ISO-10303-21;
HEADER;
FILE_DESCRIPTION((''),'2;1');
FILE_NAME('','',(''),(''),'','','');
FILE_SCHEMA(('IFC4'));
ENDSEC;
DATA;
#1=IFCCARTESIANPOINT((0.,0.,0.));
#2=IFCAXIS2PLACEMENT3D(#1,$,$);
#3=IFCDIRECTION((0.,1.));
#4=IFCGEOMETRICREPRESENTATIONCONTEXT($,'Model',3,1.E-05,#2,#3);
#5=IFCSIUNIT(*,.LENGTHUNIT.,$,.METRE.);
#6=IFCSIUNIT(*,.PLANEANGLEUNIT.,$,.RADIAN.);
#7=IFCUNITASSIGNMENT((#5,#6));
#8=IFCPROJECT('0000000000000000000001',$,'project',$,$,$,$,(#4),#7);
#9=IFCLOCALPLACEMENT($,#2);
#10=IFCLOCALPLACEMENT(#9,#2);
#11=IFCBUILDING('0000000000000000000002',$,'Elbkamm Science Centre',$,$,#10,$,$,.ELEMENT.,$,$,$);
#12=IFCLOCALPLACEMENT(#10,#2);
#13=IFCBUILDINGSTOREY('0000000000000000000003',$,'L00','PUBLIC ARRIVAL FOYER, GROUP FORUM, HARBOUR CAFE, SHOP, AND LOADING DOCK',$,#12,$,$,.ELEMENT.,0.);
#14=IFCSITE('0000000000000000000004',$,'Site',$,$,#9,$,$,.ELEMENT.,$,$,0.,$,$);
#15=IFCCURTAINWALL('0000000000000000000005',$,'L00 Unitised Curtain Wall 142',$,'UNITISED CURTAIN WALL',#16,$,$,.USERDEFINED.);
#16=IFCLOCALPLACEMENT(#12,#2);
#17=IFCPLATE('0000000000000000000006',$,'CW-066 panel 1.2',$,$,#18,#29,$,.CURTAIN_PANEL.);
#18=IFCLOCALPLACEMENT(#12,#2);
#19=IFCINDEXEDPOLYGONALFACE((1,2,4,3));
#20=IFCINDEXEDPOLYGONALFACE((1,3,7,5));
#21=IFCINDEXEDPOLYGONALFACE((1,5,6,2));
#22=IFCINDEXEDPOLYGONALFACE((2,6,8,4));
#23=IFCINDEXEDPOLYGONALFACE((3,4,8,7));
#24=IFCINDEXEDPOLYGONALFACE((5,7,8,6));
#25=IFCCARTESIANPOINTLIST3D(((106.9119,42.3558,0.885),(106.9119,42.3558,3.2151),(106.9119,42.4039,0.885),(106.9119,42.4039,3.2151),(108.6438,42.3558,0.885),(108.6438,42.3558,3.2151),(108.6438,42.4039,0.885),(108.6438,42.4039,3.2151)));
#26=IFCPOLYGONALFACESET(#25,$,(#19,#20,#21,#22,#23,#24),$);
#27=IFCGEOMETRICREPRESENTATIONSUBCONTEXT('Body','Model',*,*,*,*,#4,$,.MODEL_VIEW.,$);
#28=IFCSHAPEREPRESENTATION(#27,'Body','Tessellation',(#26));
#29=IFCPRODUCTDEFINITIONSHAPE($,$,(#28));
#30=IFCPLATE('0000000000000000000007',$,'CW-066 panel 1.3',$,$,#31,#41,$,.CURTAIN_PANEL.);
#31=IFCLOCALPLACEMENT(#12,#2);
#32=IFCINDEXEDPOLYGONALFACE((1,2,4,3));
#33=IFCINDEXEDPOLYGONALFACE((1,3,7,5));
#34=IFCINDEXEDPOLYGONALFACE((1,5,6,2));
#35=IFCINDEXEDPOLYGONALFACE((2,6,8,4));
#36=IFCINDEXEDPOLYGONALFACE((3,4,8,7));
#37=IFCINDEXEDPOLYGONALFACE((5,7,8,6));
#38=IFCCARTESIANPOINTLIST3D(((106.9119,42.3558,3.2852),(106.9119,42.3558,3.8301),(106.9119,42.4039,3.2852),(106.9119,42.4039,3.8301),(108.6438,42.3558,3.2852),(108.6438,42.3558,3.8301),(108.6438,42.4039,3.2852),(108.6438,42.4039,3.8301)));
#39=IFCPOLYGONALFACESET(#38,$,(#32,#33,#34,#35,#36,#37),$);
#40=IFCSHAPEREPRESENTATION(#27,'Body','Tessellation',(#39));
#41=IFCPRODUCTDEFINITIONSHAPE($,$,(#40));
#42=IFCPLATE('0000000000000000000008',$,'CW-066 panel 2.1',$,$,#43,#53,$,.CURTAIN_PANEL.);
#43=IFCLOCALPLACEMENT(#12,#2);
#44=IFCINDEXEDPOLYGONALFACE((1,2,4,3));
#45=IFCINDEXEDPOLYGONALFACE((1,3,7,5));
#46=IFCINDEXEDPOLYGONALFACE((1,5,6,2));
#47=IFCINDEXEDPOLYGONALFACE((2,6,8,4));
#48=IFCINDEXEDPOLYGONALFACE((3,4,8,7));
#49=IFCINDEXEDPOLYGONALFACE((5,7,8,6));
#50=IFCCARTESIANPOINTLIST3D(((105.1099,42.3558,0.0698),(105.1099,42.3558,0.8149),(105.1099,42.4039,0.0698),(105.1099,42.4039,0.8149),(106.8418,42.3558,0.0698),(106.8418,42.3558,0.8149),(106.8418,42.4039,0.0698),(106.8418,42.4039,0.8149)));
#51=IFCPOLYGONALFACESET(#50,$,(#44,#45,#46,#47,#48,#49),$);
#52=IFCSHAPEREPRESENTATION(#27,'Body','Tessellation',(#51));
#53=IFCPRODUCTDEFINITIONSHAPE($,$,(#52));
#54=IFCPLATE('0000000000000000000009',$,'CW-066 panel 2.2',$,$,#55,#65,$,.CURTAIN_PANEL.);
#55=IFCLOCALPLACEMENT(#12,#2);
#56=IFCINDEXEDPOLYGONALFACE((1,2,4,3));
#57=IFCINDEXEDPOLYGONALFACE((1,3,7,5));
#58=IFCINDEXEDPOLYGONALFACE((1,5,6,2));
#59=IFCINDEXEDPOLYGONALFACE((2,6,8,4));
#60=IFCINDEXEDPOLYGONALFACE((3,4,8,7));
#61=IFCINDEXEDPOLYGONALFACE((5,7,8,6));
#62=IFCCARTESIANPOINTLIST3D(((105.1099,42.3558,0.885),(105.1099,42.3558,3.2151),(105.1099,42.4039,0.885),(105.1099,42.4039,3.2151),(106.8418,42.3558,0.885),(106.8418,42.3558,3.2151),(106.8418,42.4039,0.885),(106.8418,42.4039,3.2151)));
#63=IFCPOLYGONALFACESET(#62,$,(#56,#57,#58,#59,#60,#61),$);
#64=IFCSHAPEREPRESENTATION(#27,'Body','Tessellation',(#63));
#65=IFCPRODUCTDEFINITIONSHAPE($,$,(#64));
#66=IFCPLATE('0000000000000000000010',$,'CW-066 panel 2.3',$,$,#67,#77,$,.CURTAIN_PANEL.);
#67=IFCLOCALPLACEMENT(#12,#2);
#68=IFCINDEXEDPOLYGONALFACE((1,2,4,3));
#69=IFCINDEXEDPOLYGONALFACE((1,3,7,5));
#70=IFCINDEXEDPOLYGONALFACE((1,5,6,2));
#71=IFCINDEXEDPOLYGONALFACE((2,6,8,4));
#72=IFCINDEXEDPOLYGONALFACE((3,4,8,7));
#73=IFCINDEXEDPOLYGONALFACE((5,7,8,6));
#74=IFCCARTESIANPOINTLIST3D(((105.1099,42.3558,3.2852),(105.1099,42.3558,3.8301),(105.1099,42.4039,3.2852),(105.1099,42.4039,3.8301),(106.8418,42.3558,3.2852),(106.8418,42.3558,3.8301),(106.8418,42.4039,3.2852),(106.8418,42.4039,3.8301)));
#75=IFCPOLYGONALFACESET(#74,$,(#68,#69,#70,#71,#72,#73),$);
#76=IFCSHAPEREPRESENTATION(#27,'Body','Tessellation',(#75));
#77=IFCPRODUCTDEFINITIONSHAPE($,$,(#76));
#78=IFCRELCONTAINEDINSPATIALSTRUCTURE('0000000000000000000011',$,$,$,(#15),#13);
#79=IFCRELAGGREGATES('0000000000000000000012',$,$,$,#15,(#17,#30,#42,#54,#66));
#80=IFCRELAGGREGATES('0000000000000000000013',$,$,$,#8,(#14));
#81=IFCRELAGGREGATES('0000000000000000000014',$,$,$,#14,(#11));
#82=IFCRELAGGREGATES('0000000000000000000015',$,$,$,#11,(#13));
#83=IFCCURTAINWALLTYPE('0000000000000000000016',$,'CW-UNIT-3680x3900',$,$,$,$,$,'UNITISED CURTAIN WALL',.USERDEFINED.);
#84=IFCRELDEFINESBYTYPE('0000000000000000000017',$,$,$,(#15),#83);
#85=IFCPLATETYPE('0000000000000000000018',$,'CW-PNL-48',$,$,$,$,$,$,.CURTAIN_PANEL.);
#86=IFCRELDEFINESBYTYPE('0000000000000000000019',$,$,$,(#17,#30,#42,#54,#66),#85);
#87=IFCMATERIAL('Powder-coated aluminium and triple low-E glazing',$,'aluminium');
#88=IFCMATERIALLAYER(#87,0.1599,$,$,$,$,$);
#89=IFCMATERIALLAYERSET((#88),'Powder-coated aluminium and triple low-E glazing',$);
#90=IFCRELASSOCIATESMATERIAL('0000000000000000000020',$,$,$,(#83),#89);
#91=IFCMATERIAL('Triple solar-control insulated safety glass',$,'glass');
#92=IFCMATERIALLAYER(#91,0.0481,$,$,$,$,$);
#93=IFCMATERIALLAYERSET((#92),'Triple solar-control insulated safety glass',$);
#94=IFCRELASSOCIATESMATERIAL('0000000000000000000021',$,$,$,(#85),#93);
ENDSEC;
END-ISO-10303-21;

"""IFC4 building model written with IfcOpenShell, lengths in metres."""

from ifc_helpers import new_model, si_unit, direction, frame, origin, origin_2d, place, context, subcontext, project, spatial, rectangle, extrude, material, layer, layer_set, type_object, element, aggregate, save


model = new_model("IFC4")

# Units and contexts
model_context = context("Model", 3, precision=1e-05, world=origin(), true_north=direction((0.0, 1.0)))
body_context = subcontext(model_context, "Body", "Model", "MODEL_VIEW")
ifc_project = project(units=[si_unit("LENGTHUNIT", "METRE"), si_unit("PLANEANGLEUNIT", "RADIAN")], contexts=[model_context])

# Site, building, storey
site_placement = place(None, origin())
site = spatial("IfcSite", under=ifc_project, at=site_placement, Name="Site", CompositionType="ELEMENT", RefElevation=0.0)
building_placement = place(site_placement, origin())
building = spatial("IfcBuilding", under=site, at=building_placement, Name="Elbkamm Science Centre", CompositionType="ELEMENT")
storey_placement = place(building_placement, origin())
storey = spatial("IfcBuildingStorey", under=building, at=storey_placement, Name="L00", Description="PUBLIC ARRIVAL FOYER, GROUP FORUM, HARBOUR CAFE, SHOP, AND LOADING DOCK", CompositionType="ELEMENT", Elevation=0.0)

# Shared definitions
ifc_material_1 = material(Name="Powder-coated aluminium and triple low-E glazing", Category="aluminium")
ifc_layer_1 = layer(ifc_material_1, 0.1599)
ifc_layer_set_1 = layer_set([ifc_layer_1], Name="Powder-coated aluminium and triple low-E glazing")
curtain_wall_type = type_object("IfcCurtainWallType", Name="CW-UNIT-3680x3900", ElementType="UNITISED CURTAIN WALL", PredefinedType="USERDEFINED", material=ifc_layer_set_1)

# Curtain wall
curtain_wall_1_placement = place(storey_placement, origin())
curtain_wall_1 = element("IfcCurtainWall", 1, at=curtain_wall_1_placement, inside=storey, type_object=curtain_wall_type, Name="L00 Unitised Curtain Wall 142", ObjectType="UNITISED CURTAIN WALL", PredefinedType="USERDEFINED")

# Plates
ifc_material_2 = material(Name="Triple solar-control insulated safety glass", Category="glass")
ifc_layer_2 = layer(ifc_material_2, 0.0481)
ifc_layer_set_2 = layer_set([ifc_layer_2], Name="Triple solar-control insulated safety glass")
plate_type = type_object("IfcPlateType", Name="CW-PNL-48", PredefinedType="CURTAIN_PANEL", material=ifc_layer_set_2)
plate_1_placement = place(storey_placement, frame((107.7778, 42.3799, 0.885), z_axis=(0.0, 0.0, 1.0), x_axis=(-1.0, 0.0, 0.0)))
plate_1 = element("IfcPlate", 2, at=plate_1_placement, type_object=plate_type, Name="CW-066 panel 1.2", PredefinedType="CURTAIN_PANEL", context=body_context, shape_type="SweptSolid", body=[
    extrude(rectangle(XDim=1.7319, YDim=0.0481, at=origin_2d()), origin(), (0.0, 0.0, 1.0), 2.3301),
])
plate_2_placement = place(storey_placement, frame((107.7778, 42.3799, 3.2852), z_axis=(0.0, 0.0, 1.0), x_axis=(-1.0, 0.0, 0.0)))
plate_2 = element("IfcPlate", 3, at=plate_2_placement, type_object=plate_type, Name="CW-066 panel 1.3", PredefinedType="CURTAIN_PANEL", context=body_context, shape_type="SweptSolid", body=[
    extrude(rectangle(XDim=1.7319, YDim=0.0481, at=origin_2d()), origin(), (0.0, 0.0, 1.0), 0.5449),
])
plate_3_placement = place(storey_placement, frame((105.9758, 42.3799, 0.0698), z_axis=(0.0, 0.0, 1.0), x_axis=(-1.0, 0.0, 0.0)))
plate_3 = element("IfcPlate", 4, at=plate_3_placement, type_object=plate_type, Name="CW-066 panel 2.1", PredefinedType="CURTAIN_PANEL", context=body_context, shape_type="SweptSolid", body=[
    extrude(rectangle(XDim=1.7319, YDim=0.0481, at=origin_2d()), origin(), (0.0, 0.0, 1.0), 0.7451),
])
plate_4_placement = place(storey_placement, frame((105.9758, 42.3799, 0.885), z_axis=(0.0, 0.0, 1.0), x_axis=(-1.0, 0.0, 0.0)))
plate_4 = element("IfcPlate", 5, at=plate_4_placement, type_object=plate_type, Name="CW-066 panel 2.2", PredefinedType="CURTAIN_PANEL", context=body_context, shape_type="SweptSolid", body=[
    extrude(rectangle(XDim=1.7319, YDim=0.0481, at=origin_2d()), origin(), (0.0, 0.0, 1.0), 2.3301),
])
plate_5_placement = place(storey_placement, frame((105.9758, 42.3799, 3.2852), z_axis=(0.0, 0.0, 1.0), x_axis=(-1.0, 0.0, 0.0)))
plate_5 = element("IfcPlate", 6, at=plate_5_placement, type_object=plate_type, Name="CW-066 panel 2.3", PredefinedType="CURTAIN_PANEL", context=body_context, shape_type="SweptSolid", body=[
    extrude(rectangle(XDim=1.7319, YDim=0.0481, at=origin_2d()), origin(), (0.0, 0.0, 1.0), 0.5449),
])
aggregate(curtain_wall_1, [plate_1, plate_2, plate_3, plate_4, plate_5])

save(model, "model.ifc")
